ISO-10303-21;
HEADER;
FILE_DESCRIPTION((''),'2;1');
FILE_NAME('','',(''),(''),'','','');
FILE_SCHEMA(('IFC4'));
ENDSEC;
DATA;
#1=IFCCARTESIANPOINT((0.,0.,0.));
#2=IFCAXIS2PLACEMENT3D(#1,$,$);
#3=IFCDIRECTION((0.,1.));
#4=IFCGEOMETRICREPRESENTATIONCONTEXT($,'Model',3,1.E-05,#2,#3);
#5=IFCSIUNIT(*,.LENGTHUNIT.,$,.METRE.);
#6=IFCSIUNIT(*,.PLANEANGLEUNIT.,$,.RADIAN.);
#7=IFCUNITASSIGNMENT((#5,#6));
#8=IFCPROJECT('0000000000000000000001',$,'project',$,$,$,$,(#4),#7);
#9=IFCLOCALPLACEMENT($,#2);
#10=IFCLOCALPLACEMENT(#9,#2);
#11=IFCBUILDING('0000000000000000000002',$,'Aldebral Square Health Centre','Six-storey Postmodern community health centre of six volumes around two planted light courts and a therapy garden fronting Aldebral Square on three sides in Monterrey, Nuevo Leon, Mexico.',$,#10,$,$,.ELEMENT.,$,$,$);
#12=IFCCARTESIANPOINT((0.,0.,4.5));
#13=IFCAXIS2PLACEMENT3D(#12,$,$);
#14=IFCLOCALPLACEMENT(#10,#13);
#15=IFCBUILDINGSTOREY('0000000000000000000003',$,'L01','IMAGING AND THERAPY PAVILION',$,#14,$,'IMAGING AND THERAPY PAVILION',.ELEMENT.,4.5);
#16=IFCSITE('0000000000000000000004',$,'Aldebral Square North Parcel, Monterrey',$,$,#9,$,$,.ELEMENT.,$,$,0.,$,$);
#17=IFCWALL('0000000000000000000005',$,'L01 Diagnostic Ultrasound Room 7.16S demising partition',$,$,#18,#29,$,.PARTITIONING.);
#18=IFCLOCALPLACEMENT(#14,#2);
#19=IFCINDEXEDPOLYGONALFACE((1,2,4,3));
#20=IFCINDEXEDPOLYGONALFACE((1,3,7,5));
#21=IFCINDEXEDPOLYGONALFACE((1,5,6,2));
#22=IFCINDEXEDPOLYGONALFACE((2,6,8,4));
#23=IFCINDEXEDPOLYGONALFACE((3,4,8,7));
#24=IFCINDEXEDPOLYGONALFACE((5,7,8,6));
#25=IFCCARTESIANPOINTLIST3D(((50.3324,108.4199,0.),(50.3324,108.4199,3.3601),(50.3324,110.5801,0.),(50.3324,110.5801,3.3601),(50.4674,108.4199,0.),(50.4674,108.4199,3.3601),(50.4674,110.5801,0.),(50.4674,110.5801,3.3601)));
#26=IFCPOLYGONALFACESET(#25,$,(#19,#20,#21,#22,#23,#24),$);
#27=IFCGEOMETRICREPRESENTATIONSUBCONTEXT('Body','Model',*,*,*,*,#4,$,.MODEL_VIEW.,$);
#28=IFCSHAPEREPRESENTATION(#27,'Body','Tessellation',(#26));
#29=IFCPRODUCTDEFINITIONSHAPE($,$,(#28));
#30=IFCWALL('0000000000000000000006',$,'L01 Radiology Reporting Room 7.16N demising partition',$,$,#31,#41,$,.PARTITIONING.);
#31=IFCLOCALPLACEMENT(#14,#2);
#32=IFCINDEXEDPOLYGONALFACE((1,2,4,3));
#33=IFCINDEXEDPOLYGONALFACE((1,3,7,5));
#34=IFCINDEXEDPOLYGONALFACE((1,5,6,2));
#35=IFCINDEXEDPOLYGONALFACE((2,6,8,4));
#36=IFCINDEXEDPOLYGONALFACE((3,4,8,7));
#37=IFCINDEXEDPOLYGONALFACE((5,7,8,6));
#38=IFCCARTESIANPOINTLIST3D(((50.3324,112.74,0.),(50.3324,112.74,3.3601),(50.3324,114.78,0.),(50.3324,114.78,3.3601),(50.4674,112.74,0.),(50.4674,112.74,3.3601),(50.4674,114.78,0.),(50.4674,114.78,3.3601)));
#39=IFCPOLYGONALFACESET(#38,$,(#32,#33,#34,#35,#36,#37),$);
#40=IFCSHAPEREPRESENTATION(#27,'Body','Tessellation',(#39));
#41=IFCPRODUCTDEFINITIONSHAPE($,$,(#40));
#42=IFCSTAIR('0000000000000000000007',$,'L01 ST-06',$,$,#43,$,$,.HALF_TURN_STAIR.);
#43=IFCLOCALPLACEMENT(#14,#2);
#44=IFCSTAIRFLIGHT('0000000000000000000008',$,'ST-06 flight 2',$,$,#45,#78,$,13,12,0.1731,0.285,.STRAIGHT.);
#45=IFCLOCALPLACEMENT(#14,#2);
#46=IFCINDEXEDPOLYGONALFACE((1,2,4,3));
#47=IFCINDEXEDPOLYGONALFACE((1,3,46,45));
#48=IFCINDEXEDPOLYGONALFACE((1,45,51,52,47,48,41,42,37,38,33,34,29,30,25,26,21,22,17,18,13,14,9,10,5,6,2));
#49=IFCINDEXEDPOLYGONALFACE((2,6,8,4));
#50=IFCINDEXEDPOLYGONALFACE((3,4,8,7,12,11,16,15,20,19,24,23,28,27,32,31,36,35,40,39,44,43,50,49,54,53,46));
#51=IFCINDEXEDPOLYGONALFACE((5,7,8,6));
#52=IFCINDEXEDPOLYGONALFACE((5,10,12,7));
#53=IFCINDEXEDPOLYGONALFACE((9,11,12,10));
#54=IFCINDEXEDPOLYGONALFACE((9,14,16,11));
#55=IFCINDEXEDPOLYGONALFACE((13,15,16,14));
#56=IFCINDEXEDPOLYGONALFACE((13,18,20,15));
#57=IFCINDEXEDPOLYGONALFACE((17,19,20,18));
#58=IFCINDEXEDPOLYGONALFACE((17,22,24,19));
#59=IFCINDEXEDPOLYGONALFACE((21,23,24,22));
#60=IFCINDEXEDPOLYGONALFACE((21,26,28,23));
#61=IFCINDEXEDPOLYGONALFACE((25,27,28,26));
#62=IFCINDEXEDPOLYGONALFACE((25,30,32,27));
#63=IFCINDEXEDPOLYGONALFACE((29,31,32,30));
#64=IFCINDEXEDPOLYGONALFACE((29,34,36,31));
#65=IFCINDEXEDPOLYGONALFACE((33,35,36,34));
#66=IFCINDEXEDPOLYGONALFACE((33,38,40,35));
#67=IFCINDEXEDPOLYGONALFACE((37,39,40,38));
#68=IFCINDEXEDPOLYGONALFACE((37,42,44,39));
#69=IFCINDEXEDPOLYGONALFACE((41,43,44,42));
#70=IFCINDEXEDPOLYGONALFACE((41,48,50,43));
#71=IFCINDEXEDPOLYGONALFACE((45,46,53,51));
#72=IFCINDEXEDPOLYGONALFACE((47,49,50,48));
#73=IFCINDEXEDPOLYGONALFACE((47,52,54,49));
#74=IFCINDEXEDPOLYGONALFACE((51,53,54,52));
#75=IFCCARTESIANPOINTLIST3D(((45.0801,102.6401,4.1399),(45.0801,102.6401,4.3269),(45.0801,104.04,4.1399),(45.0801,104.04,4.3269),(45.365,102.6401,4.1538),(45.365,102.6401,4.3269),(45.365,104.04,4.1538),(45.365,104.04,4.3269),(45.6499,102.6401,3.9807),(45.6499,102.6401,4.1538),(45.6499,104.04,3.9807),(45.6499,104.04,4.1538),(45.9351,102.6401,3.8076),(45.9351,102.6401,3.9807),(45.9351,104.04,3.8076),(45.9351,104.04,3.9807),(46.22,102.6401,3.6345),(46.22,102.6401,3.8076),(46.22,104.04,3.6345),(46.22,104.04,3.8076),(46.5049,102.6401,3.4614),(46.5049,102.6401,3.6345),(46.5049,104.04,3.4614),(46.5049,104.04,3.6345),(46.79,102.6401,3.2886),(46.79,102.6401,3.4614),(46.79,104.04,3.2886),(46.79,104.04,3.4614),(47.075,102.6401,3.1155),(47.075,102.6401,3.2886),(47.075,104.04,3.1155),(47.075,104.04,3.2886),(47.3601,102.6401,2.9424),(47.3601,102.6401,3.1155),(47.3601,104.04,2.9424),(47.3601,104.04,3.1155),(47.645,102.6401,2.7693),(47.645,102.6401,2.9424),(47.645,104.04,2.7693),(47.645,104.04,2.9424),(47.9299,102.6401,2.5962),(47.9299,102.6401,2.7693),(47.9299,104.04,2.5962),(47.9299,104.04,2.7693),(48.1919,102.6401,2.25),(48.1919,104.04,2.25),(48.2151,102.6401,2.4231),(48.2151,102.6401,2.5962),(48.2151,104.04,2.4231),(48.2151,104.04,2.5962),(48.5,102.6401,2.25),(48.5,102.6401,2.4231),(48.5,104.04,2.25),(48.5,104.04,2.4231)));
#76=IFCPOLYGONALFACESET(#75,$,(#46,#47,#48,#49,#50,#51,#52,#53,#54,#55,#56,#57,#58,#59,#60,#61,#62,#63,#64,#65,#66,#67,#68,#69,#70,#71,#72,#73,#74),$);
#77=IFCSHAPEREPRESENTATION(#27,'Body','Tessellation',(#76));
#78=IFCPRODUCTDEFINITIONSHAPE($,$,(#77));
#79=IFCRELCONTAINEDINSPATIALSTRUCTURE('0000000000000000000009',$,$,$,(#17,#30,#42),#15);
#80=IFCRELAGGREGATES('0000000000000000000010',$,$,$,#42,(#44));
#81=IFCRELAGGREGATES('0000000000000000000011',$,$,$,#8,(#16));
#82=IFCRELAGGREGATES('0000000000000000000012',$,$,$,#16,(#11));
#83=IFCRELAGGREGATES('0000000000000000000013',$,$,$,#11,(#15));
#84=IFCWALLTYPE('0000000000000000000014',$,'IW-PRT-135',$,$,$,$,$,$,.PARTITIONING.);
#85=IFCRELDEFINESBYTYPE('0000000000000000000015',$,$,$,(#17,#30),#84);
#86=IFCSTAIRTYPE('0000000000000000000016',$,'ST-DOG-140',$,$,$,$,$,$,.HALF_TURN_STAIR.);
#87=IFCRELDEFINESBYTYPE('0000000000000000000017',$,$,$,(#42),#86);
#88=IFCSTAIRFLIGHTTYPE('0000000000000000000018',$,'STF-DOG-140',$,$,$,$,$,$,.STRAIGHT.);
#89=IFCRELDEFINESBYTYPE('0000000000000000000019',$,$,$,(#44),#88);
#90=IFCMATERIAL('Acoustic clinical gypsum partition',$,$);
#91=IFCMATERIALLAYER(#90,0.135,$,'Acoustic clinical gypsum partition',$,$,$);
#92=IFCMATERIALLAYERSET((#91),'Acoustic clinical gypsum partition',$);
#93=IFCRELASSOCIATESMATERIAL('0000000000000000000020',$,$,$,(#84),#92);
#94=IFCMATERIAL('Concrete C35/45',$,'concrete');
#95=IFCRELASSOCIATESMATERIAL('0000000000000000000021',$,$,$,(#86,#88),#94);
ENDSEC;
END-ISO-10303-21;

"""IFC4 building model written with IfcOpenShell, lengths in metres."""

from ifc_helpers import new_model, si_unit, direction, frame, frame_2d, origin, place, context, subcontext, project, spatial, polyline, rectangle, outline, extrude, material, layer, layer_set, type_object, element, aggregate, save


model = new_model("IFC4")

# Units and contexts
model_context = context("Model", 3, precision=1e-05, world=origin(), true_north=direction((0.0, 1.0)))
body_context = subcontext(model_context, "Body", "Model", "MODEL_VIEW")
ifc_project = project(units=[si_unit("LENGTHUNIT", "METRE"), si_unit("PLANEANGLEUNIT", "RADIAN")], contexts=[model_context])

# Site, building, storey
site_placement = place(None, origin())
site = spatial("IfcSite", under=ifc_project, at=site_placement, Name="Aldebral Square North Parcel, Monterrey", CompositionType="ELEMENT", RefElevation=0.0)
building_placement = place(site_placement, origin())
building = spatial("IfcBuilding", under=site, at=building_placement, Name="Aldebral Square Health Centre", Description="Six-storey Postmodern community health centre of six volumes around two planted light courts and a therapy garden fronting Aldebral Square on three sides in Monterrey, Nuevo Leon, Mexico.", CompositionType="ELEMENT")
storey_placement = place(building_placement, frame((0.0, 0.0, 4.5)))
storey = spatial("IfcBuildingStorey", under=building, at=storey_placement, Name="L01", Description="IMAGING AND THERAPY PAVILION", LongName="IMAGING AND THERAPY PAVILION", CompositionType="ELEMENT", Elevation=4.5)

# Walls
ifc_material_1 = material(Name="Acoustic clinical gypsum partition")
ifc_layer_1 = layer(ifc_material_1, 0.135, Name="Acoustic clinical gypsum partition")
ifc_layer_set_1 = layer_set([ifc_layer_1], Name="Acoustic clinical gypsum partition")
wall_type_1 = type_object("IfcWallType", Name="IW-PRT-135", PredefinedType="PARTITIONING", material=ifc_layer_set_1)
wall_1_placement = place(storey_placement, frame((50.3999, 108.4199, 0.0), z_axis=(0.0, 0.0, 1.0), x_axis=(0.0, 1.0, 0.0)))
element("IfcWall", 1, at=wall_1_placement, inside=storey, type_object=wall_type_1, Name="L01 Diagnostic Ultrasound Room 7.16S demising partition", PredefinedType="PARTITIONING", context=body_context, shape_type="SweptSolid", body=[
    extrude(rectangle(XDim=2.1602, YDim=0.135, at=frame_2d((1.0801, 0.0))), origin(), (0.0, 0.0, 1.0), 3.3601),
])
wall_2_placement = place(storey_placement, frame((50.3999, 112.74, 0.0), z_axis=(0.0, 0.0, 1.0), x_axis=(0.0, 1.0, 0.0)))
element("IfcWall", 2, at=wall_2_placement, inside=storey, type_object=wall_type_1, Name="L01 Radiology Reporting Room 7.16N demising partition", PredefinedType="PARTITIONING", context=body_context, shape_type="SweptSolid", body=[
    extrude(rectangle(XDim=2.04, YDim=0.135, at=frame_2d((1.02, 0.0))), origin(), (0.0, 0.0, 1.0), 3.3601),
])

# Stair, stair flight
ifc_material_2 = material(Name="Concrete C35/45", Category="concrete")
stair_type = type_object("IfcStairType", Name="ST-DOG-140", PredefinedType="HALF_TURN_STAIR", material=ifc_material_2)
stair_placement = place(storey_placement, origin())
stair = element("IfcStair", 3, at=stair_placement, inside=storey, type_object=stair_type, Name="L01 ST-06", PredefinedType="HALF_TURN_STAIR")
stair_flight_type = type_object("IfcStairFlightType", Name="STF-DOG-140", PredefinedType="STRAIGHT", material=ifc_material_2)
stair_flight_placement = place(storey_placement, frame((48.5, 103.3401, 2.25), z_axis=(0.0, 0.0, 1.0), x_axis=(-1.0, 0.0, 0.0)))
stair_flight = element("IfcStairFlight", 4, at=stair_flight_placement, type_object=stair_flight_type, Name="ST-06 flight 2", NumberOfRisers=13, NumberOfTreads=12, PredefinedType="STRAIGHT", RiserHeight=0.1731, TreadLength=0.285, context=body_context, shape_type="SweptSolid", body=[
    extrude(outline(polyline([(0.0, 0.0), (0.0, 0.1731), (0.2849, 0.1731), (0.2849, 0.3462), (0.5701, 0.3462), (0.5701, 0.5193), (0.855, 0.5193), (0.855, 0.6924), (1.1399, 0.6924), (1.1399, 0.8655), (1.425, 0.8655), (1.425, 1.0386), (1.71, 1.0386), (1.71, 1.2114), (1.9951, 1.2114), (1.9951, 1.3845), (2.28, 1.3845), (2.28, 1.5576), (2.5649, 1.5576), (2.5649, 1.7307), (2.8501, 1.7307), (2.8501, 1.9038), (3.135, 1.9038), (3.135, 2.0769), (3.4199, 2.0769), (3.4199, 2.25), (3.4199, 1.8899), (0.3081, 0.0), (0.0, 0.0)])), frame((0.0, 0.7, 0.0), z_axis=(0.0, -1.0, 0.0), x_axis=(1.0, 0.0, 0.0)), (0.0, 0.0, 1.0), 1.3999),
])
aggregate(stair, [stair_flight])

save(model, "model.ifc")
